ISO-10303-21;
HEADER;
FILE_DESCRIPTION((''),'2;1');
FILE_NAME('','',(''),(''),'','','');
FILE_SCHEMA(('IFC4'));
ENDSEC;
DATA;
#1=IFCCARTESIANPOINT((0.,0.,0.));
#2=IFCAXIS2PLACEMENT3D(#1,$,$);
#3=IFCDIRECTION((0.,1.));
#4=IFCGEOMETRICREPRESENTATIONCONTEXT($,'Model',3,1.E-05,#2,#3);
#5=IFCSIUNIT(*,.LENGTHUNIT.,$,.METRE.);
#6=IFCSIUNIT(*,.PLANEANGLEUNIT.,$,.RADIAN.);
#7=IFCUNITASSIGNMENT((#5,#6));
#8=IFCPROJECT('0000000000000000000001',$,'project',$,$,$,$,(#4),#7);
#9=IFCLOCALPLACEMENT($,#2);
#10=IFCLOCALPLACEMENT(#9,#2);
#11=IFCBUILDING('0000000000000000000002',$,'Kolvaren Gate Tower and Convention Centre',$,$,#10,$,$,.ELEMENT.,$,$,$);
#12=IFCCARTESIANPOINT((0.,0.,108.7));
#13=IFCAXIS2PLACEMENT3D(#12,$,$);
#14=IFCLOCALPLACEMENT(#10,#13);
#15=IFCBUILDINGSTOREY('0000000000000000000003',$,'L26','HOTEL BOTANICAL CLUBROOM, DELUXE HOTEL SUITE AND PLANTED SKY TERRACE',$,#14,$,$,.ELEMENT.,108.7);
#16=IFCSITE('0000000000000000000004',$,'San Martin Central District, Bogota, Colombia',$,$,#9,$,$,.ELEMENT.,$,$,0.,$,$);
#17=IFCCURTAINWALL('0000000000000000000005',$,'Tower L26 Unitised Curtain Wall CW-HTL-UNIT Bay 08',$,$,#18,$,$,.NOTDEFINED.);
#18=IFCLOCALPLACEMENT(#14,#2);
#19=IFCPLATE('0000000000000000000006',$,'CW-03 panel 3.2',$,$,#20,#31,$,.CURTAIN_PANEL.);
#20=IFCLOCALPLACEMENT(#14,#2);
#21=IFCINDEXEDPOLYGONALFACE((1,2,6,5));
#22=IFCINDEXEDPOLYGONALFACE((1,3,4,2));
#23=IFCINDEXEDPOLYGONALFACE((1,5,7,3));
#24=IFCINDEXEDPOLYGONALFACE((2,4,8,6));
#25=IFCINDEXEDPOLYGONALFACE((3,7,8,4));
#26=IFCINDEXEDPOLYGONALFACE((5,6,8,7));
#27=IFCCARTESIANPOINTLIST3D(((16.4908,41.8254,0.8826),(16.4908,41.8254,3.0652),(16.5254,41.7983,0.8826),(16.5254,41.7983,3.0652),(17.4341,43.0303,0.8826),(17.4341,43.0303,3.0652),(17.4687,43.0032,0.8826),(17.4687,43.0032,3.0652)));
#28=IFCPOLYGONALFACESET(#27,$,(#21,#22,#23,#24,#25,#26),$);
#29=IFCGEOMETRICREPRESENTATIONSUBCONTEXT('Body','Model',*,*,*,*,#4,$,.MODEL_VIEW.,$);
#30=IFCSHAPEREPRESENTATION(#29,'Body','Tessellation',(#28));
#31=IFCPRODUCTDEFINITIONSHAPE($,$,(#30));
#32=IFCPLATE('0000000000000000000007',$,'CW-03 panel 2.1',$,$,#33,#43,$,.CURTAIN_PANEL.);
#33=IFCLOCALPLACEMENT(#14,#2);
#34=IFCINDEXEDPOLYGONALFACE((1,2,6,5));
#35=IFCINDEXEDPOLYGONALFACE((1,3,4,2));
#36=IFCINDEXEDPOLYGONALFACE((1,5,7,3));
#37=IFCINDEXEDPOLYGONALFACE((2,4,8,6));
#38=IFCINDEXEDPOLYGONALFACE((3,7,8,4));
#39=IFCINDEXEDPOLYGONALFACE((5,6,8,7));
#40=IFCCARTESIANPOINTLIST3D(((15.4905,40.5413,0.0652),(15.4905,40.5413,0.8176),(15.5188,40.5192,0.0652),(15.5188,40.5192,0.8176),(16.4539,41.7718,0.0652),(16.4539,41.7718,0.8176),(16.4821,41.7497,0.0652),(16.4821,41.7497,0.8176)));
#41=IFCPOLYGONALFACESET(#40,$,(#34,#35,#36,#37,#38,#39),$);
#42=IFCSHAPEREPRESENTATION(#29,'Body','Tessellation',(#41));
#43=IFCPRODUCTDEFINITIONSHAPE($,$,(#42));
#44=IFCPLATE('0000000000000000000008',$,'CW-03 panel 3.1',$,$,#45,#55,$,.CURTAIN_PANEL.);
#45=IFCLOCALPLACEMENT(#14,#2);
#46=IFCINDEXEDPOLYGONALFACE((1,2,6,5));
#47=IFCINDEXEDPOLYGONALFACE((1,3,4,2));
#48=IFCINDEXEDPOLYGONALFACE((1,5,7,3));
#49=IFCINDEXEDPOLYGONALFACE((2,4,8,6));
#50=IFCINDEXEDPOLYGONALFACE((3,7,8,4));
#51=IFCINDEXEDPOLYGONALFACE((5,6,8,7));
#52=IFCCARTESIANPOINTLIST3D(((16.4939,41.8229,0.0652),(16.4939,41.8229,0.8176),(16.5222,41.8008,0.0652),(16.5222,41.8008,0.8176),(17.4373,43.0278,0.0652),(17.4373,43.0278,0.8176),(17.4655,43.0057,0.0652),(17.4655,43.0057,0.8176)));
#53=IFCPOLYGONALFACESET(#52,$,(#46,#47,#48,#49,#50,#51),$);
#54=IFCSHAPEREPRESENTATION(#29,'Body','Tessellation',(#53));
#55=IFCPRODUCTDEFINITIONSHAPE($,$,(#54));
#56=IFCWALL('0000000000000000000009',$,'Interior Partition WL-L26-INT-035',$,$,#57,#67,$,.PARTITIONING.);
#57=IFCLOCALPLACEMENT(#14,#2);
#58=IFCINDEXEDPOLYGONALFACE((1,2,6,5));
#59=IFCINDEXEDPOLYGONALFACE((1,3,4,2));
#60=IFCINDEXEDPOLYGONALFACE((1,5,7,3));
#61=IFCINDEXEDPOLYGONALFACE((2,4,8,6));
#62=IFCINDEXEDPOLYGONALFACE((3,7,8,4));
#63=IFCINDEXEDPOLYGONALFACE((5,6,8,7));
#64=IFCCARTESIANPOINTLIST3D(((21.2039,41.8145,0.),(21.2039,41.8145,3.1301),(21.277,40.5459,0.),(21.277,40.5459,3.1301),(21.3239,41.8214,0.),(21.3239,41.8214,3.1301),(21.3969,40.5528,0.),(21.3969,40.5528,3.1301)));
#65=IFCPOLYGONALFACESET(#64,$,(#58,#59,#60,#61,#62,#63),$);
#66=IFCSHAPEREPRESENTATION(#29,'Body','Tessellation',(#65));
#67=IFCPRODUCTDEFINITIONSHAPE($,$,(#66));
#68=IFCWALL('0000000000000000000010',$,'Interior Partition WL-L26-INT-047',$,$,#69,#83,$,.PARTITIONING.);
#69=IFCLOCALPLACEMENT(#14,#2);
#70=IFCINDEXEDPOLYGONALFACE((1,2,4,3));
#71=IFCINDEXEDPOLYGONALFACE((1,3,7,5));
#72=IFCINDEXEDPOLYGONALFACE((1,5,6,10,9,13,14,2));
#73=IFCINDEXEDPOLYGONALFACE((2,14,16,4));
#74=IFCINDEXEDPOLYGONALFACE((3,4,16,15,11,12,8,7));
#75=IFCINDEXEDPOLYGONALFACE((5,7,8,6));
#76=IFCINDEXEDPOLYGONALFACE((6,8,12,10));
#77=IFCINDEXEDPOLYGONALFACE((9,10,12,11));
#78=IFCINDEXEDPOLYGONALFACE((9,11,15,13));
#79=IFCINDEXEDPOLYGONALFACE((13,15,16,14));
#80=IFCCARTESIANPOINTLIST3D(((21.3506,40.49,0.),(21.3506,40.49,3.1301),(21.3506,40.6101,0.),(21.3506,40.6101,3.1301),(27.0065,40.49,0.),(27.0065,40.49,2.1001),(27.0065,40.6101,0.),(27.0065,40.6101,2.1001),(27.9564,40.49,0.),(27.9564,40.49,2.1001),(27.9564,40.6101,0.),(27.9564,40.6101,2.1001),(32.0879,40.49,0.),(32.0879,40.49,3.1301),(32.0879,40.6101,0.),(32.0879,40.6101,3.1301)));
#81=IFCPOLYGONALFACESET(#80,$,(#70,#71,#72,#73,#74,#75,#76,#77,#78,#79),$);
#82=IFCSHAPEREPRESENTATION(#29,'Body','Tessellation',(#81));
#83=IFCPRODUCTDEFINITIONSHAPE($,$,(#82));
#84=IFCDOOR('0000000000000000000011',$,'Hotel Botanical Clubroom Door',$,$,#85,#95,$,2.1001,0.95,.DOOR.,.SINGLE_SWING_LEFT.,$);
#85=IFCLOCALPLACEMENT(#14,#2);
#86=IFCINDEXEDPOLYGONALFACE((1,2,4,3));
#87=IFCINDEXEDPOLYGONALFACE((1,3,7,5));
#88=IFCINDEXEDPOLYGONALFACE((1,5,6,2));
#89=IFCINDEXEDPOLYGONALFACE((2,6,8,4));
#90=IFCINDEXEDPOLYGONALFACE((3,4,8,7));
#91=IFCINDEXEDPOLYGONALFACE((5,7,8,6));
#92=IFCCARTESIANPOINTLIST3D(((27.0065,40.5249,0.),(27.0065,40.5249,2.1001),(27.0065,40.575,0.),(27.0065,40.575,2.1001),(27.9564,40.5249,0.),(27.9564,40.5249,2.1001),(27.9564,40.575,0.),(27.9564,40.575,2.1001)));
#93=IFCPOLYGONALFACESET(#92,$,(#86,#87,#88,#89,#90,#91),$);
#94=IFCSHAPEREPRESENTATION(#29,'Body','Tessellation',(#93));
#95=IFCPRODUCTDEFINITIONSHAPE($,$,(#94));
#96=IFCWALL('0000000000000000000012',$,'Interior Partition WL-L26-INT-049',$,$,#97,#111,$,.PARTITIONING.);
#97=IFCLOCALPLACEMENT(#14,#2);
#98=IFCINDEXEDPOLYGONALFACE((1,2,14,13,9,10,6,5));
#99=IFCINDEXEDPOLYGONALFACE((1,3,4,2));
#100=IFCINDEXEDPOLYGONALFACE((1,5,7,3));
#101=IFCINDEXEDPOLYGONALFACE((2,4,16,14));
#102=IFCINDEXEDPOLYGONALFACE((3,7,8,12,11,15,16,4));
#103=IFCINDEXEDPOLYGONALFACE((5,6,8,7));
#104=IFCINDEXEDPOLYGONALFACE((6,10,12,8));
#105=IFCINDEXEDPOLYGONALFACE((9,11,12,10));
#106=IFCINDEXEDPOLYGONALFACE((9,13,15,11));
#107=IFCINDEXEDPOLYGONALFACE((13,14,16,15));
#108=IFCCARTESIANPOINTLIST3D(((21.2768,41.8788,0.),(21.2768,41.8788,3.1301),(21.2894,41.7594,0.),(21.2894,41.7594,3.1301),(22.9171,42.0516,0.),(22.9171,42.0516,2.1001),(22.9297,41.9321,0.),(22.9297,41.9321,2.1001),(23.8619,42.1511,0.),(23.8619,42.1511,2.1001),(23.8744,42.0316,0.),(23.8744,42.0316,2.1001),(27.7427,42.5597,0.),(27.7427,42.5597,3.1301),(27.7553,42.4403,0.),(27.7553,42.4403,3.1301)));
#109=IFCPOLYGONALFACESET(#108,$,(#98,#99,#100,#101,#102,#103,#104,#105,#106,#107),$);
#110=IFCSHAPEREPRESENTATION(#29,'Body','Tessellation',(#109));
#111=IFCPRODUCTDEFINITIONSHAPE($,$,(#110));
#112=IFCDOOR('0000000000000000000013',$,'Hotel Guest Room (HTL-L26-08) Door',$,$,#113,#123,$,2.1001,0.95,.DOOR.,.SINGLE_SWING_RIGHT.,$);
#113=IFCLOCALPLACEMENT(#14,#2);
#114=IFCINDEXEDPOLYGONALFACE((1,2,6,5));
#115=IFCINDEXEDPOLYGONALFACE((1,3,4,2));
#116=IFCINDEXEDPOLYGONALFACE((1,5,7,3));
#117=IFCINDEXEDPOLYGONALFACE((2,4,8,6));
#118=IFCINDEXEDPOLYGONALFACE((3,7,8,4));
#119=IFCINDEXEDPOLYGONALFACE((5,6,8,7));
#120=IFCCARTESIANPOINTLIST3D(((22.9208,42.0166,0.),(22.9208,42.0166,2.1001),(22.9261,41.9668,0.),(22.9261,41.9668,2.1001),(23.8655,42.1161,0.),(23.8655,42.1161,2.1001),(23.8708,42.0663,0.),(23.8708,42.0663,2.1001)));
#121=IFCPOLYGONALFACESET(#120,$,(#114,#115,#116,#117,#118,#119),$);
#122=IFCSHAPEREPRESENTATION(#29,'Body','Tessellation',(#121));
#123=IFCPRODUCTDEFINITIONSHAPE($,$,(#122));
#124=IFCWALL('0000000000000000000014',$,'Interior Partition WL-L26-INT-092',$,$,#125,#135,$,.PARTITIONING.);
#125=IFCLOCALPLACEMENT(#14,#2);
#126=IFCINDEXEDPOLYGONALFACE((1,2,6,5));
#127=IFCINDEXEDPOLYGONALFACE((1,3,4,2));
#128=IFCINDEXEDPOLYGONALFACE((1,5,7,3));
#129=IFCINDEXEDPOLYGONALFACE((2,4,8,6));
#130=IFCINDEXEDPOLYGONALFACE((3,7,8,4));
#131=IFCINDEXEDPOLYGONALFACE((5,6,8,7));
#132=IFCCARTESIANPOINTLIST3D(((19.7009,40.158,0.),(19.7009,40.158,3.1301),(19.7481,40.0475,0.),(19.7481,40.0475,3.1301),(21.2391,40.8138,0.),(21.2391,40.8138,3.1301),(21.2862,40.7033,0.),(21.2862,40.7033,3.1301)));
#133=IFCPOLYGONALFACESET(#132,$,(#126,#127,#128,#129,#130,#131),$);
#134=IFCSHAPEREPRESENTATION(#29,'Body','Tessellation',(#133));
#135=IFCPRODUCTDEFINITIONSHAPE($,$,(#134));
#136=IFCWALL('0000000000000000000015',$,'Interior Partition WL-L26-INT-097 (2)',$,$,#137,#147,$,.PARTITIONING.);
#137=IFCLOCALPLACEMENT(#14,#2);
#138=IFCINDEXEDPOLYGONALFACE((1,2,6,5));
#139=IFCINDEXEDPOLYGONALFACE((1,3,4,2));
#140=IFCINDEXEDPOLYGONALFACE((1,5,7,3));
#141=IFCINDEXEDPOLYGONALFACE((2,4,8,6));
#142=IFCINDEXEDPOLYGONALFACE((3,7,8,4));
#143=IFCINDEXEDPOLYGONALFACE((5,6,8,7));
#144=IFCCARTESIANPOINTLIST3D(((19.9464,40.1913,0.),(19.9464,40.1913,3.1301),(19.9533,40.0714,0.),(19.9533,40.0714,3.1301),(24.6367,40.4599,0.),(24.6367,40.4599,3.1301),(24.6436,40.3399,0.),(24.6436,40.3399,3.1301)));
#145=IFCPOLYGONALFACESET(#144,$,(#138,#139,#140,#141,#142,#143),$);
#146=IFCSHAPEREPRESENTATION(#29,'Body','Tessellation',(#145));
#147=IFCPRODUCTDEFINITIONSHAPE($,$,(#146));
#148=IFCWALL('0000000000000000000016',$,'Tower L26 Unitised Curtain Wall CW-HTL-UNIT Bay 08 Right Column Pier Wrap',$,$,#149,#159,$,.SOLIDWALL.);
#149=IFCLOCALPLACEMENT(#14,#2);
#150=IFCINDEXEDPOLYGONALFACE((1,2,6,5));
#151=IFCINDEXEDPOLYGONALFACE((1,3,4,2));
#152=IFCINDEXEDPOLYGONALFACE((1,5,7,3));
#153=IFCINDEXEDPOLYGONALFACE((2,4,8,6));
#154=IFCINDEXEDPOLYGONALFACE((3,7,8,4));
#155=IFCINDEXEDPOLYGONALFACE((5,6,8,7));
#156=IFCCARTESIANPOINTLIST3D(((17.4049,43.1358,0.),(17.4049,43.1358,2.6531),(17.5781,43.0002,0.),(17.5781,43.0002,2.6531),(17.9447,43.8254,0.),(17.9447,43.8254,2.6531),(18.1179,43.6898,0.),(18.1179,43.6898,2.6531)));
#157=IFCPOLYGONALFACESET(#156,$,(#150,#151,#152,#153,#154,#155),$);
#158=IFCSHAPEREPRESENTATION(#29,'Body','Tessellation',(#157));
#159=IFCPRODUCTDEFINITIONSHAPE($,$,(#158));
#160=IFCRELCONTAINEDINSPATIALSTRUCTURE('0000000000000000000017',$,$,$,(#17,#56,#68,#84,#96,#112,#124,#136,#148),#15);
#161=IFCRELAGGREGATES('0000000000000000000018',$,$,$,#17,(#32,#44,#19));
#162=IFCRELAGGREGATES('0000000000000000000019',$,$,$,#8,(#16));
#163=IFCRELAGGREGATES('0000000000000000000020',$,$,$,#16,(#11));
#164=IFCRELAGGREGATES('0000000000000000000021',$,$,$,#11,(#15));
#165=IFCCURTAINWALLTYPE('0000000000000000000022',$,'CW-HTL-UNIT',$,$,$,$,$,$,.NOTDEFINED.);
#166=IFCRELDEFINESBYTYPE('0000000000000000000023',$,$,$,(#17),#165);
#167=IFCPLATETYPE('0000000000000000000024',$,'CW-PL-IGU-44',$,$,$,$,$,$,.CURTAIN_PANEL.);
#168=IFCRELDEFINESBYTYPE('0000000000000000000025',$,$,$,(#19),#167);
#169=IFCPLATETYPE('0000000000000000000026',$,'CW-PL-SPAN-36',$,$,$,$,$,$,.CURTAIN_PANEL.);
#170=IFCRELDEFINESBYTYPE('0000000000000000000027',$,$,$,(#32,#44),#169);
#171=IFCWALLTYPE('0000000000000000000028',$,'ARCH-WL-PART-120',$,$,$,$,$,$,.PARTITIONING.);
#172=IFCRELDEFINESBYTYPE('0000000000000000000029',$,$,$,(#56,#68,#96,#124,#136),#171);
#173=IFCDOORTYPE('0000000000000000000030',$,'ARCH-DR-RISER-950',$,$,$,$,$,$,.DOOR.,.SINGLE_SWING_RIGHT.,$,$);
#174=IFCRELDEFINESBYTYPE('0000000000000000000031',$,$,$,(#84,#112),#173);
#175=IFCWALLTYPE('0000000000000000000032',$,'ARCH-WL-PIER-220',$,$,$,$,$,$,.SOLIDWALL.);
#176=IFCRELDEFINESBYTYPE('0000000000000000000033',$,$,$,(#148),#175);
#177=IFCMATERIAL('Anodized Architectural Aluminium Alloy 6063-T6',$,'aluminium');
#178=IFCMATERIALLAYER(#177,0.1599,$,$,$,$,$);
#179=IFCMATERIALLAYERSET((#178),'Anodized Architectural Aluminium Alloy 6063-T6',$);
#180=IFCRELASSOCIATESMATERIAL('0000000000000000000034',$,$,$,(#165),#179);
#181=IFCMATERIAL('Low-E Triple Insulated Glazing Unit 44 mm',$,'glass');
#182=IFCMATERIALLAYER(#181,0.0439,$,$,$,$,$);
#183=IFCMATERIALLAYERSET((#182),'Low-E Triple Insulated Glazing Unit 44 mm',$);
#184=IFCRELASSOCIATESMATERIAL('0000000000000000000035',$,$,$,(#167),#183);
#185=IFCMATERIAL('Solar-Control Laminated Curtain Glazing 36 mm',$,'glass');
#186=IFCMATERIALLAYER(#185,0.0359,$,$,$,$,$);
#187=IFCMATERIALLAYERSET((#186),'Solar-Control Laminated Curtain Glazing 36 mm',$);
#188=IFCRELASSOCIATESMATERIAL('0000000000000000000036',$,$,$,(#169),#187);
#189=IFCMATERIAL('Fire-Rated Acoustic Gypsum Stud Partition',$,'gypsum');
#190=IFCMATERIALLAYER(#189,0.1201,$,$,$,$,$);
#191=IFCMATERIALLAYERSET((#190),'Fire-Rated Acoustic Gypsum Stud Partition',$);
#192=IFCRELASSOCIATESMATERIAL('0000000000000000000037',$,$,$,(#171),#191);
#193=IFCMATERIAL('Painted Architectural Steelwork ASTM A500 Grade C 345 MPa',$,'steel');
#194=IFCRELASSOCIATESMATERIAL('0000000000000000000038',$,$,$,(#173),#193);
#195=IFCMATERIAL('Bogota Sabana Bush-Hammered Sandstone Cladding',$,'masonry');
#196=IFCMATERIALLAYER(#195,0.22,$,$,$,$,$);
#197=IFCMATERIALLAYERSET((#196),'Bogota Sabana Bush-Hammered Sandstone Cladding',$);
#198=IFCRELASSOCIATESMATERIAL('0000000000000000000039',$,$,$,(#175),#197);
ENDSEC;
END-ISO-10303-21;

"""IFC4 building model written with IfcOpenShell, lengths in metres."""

from ifc_helpers import new_model, si_unit, direction, frame, frame_2d, origin, origin_2d, place, context, subcontext, project, spatial, rectangle, extrude, material, layer, layer_set, type_object, element, fill, aggregate, save


model = new_model("IFC4")

# Units and contexts
model_context = context("Model", 3, precision=1e-05, world=origin(), true_north=direction((0.0, 1.0)))
body_context = subcontext(model_context, "Body", "Model", "MODEL_VIEW")
ifc_project = project(units=[si_unit("LENGTHUNIT", "METRE"), si_unit("PLANEANGLEUNIT", "RADIAN")], contexts=[model_context])

# Site, building, storey
site_placement = place(None, origin())
site = spatial("IfcSite", under=ifc_project, at=site_placement, Name="San Martin Central District, Bogota, Colombia", CompositionType="ELEMENT", RefElevation=0.0)
building_placement = place(site_placement, origin())
building = spatial("IfcBuilding", under=site, at=building_placement, Name="Kolvaren Gate Tower and Convention Centre", CompositionType="ELEMENT")
storey_placement = place(building_placement, frame((0.0, 0.0, 108.7)))
storey = spatial("IfcBuildingStorey", under=building, at=storey_placement, Name="L26", Description="HOTEL BOTANICAL CLUBROOM, DELUXE HOTEL SUITE AND PLANTED SKY TERRACE", CompositionType="ELEMENT", Elevation=108.7)

# Curtain wall
ifc_material_1 = material(Name="Anodized Architectural Aluminium Alloy 6063-T6", Category="aluminium")
ifc_layer_1 = layer(ifc_material_1, 0.1599)
ifc_layer_set_1 = layer_set([ifc_layer_1], Name="Anodized Architectural Aluminium Alloy 6063-T6")
curtain_wall_type = type_object("IfcCurtainWallType", Name="CW-HTL-UNIT", PredefinedType="NOTDEFINED", material=ifc_layer_set_1)
curtain_wall_placement = place(storey_placement, origin())
curtain_wall = element("IfcCurtainWall", 1, at=curtain_wall_placement, inside=storey, type_object=curtain_wall_type, Name="Tower L26 Unitised Curtain Wall CW-HTL-UNIT Bay 08", PredefinedType="NOTDEFINED")

# Plates
ifc_material_2 = material(Name="Low-E Triple Insulated Glazing Unit 44 mm", Category="glass")
ifc_layer_2 = layer(ifc_material_2, 0.0439)
ifc_layer_set_2 = layer_set([ifc_layer_2], Name="Low-E Triple Insulated Glazing Unit 44 mm")
plate_type_1 = type_object("IfcPlateType", Name="CW-PL-IGU-44", PredefinedType="CURTAIN_PANEL", material=ifc_layer_set_2)
plate_1_placement = place(storey_placement, frame((16.9797, 42.4143, 0.8826), z_axis=(0.0, 0.0, 1.0), x_axis=(0.616441, 0.787401, 0.0)))
plate_1 = element("IfcPlate", 2, at=plate_1_placement, type_object=plate_type_1, Name="CW-03 panel 3.2", PredefinedType="CURTAIN_PANEL", context=body_context, shape_type="SweptSolid", body=[
    extrude(rectangle(XDim=1.5303, YDim=0.0439, at=origin_2d()), origin(), (0.0, 0.0, 1.0), 2.1826),
])
ifc_material_3 = material(Name="Solar-Control Laminated Curtain Glazing 36 mm", Category="glass")
ifc_layer_3 = layer(ifc_material_3, 0.0359)
ifc_layer_set_3 = layer_set([ifc_layer_3], Name="Solar-Control Laminated Curtain Glazing 36 mm")
plate_type_2 = type_object("IfcPlateType", Name="CW-PL-SPAN-36", PredefinedType="CURTAIN_PANEL", material=ifc_layer_set_3)
plate_2_placement = place(storey_placement, frame((15.9863, 41.1455, 0.0652), z_axis=(0.0, 0.0, 1.0), x_axis=(0.616441, 0.787401, 0.0)))
plate_2 = element("IfcPlate", 3, at=plate_2_placement, type_object=plate_type_2, Name="CW-03 panel 2.1", PredefinedType="CURTAIN_PANEL", context=body_context, shape_type="SweptSolid", body=[
    extrude(rectangle(XDim=1.5627, YDim=0.0359, at=origin_2d()), origin(), (0.0, 0.0, 1.0), 0.7524),
])
plate_3_placement = place(storey_placement, frame((16.9797, 42.4143, 0.0652), z_axis=(0.0, 0.0, 1.0), x_axis=(0.616441, 0.787401, 0.0)))
plate_3 = element("IfcPlate", 4, at=plate_3_placement, type_object=plate_type_2, Name="CW-03 panel 3.1", PredefinedType="CURTAIN_PANEL", context=body_context, shape_type="SweptSolid", body=[
    extrude(rectangle(XDim=1.5303, YDim=0.0359, at=origin_2d()), origin(), (0.0, 0.0, 1.0), 0.7524),
])
aggregate(curtain_wall, [plate_2, plate_3, plate_1])

# Wall
ifc_material_4 = material(Name="Fire-Rated Acoustic Gypsum Stud Partition", Category="gypsum")
ifc_layer_4 = layer(ifc_material_4, 0.1201)
ifc_layer_set_4 = layer_set([ifc_layer_4], Name="Fire-Rated Acoustic Gypsum Stud Partition")
wall_type_1 = type_object("IfcWallType", Name="ARCH-WL-PART-120", PredefinedType="PARTITIONING", material=ifc_layer_set_4)
wall_1_placement = place(storey_placement, frame((21.2639, 41.8179, 0.0), z_axis=(0.0, 0.0, 1.0), x_axis=(0.057449, -0.998348, 0.0)))
element("IfcWall", 5, at=wall_1_placement, inside=storey, type_object=wall_type_1, Name="Interior Partition WL-L26-INT-035", PredefinedType="PARTITIONING", context=body_context, shape_type="SweptSolid", body=[
    extrude(rectangle(XDim=1.2708, YDim=0.1201, at=frame_2d((0.6353, 0.0))), origin(), (0.0, 0.0, 1.0), 3.1301),
])

# Walls, openings, doors
wall_2_placement = place(storey_placement, frame((21.3506, 40.55, 0.0), z_axis=(0.0, 0.0, 1.0), x_axis=(1.0, 0.0, 0.0)))
wall_2 = element("IfcWall", 6, at=wall_2_placement, inside=storey, type_object=wall_type_1, Name="Interior Partition WL-L26-INT-047", PredefinedType="PARTITIONING", context=body_context, shape_type="SweptSolid", body=[
    extrude(rectangle(XDim=10.7373, YDim=0.1201, at=frame_2d((5.3687, 0.0))), origin(), (0.0, 0.0, 1.0), 3.1301),
])
opening_1_placement = place(wall_2_placement, frame((5.6558, 0.0, 0.0)))
opening_1 = element("IfcOpeningElement", 7, at=opening_1_placement, cuts=wall_2, PredefinedType="OPENING", context=body_context, shape_type="SweptSolid", body=[
    extrude(rectangle(XDim=0.95, YDim=2.1001, at=frame_2d((0.4751, 1.05))), frame((0.0, 0.0701, 0.0), z_axis=(0.0, -1.0, 0.0), x_axis=(1.0, 0.0, 0.0)), (0.0, 0.0, 1.0), 0.1401),
])
ifc_material_5 = material(Name="Painted Architectural Steelwork ASTM A500 Grade C 345 MPa", Category="steel")
door_type_1 = type_object("IfcDoorType", Name="ARCH-DR-RISER-950", OperationType="SINGLE_SWING_RIGHT", PredefinedType="DOOR", material=ifc_material_5)
door_1_placement = place(opening_1_placement, origin())
door_1 = element("IfcDoor", 8, at=door_1_placement, inside=storey, type_object=door_type_1, Name="Hotel Botanical Clubroom Door", OperationType="SINGLE_SWING_LEFT", OverallHeight=2.1001, OverallWidth=0.95, PredefinedType="DOOR", context=body_context, shape_type="SweptSolid", body=[
    extrude(rectangle(XDim=0.95, YDim=2.1001, at=frame_2d((0.4751, 1.05))), frame((0.0, 0.0249, 0.0), z_axis=(0.0, -1.0, 0.0), x_axis=(1.0, 0.0, 0.0)), (0.0, 0.0, 1.0), 0.05),
])
fill(opening_1, door_1)
wall_3_placement = place(storey_placement, frame((21.283, 41.8191, 0.0), z_axis=(0.0, 0.0, 1.0), x_axis=(0.994501, 0.104726, 0.0)))
wall_3 = element("IfcWall", 9, at=wall_3_placement, inside=storey, type_object=wall_type_1, Name="Interior Partition WL-L26-INT-049", PredefinedType="PARTITIONING", context=body_context, shape_type="SweptSolid", body=[
    extrude(rectangle(XDim=6.5017, YDim=0.1201, at=frame_2d((3.251, 0.0))), origin(), (0.0, 0.0, 1.0), 3.1301),
])
opening_2_placement = place(wall_3_placement, frame((1.6494, 0.0, 0.0)))
opening_2 = element("IfcOpeningElement", 10, at=opening_2_placement, cuts=wall_3, PredefinedType="OPENING", context=body_context, shape_type="SweptSolid", body=[
    extrude(rectangle(XDim=0.95, YDim=2.1001, at=frame_2d((0.4751, 1.05))), frame((0.0, 0.0701, 0.0), z_axis=(0.0, -1.0, 0.0), x_axis=(1.0, 0.0, 0.0)), (0.0, 0.0, 1.0), 0.1401),
])
door_2_placement = place(opening_2_placement, origin())
door_2 = element("IfcDoor", 11, at=door_2_placement, inside=storey, type_object=door_type_1, Name="Hotel Guest Room (HTL-L26-08) Door", OperationType="SINGLE_SWING_RIGHT", OverallHeight=2.1001, OverallWidth=0.95, PredefinedType="DOOR", context=body_context, shape_type="SweptSolid", body=[
    extrude(rectangle(XDim=0.95, YDim=2.1001, at=frame_2d((0.4751, 1.05))), frame((0.0, 0.0249, 0.0), z_axis=(0.0, -1.0, 0.0), x_axis=(1.0, 0.0, 0.0)), (0.0, 0.0, 1.0), 0.05),
])
fill(opening_2, door_2)

# Walls
wall_4_placement = place(storey_placement, frame((19.7246, 40.1028, 0.0), z_axis=(0.0, 0.0, 1.0), x_axis=(0.919884, 0.392192, 0.0)))
element("IfcWall", 12, at=wall_4_placement, inside=storey, type_object=wall_type_1, Name="Interior Partition WL-L26-INT-092", PredefinedType="PARTITIONING", context=body_context, shape_type="SweptSolid", body=[
    extrude(rectangle(XDim=1.6721, YDim=0.1201, at=frame_2d((0.8359, 0.0))), origin(), (0.0, 0.0, 1.0), 3.1301),
])
wall_5_placement = place(storey_placement, frame((19.9497, 40.1313, 0.0), z_axis=(0.0, 0.0, 1.0), x_axis=(0.998365, 0.057162, 0.0)))
element("IfcWall", 13, at=wall_5_placement, inside=storey, type_object=wall_type_1, Name="Interior Partition WL-L26-INT-097 (2)", PredefinedType="PARTITIONING", context=body_context, shape_type="SweptSolid", body=[
    extrude(rectangle(XDim=4.698, YDim=0.1201, at=frame_2d((2.3491, 0.0))), origin(), (0.0, 0.0, 1.0), 3.1301),
])
ifc_material_6 = material(Name="Bogota Sabana Bush-Hammered Sandstone Cladding", Category="masonry")
ifc_layer_5 = layer(ifc_material_6, 0.22)
ifc_layer_set_5 = layer_set([ifc_layer_5], Name="Bogota Sabana Bush-Hammered Sandstone Cladding")
wall_type_2 = type_object("IfcWallType", Name="ARCH-WL-PIER-220", PredefinedType="SOLIDWALL", material=ifc_layer_set_5)
wall_6_placement = place(storey_placement, frame((17.4915, 43.0679, 0.0), z_axis=(0.0, 0.0, 1.0), x_axis=(0.616331, 0.787487, 0.0)))
element("IfcWall", 14, at=wall_6_placement, inside=storey, type_object=wall_type_2, Name="Tower L26 Unitised Curtain Wall CW-HTL-UNIT Bay 08 Right Column Pier Wrap", PredefinedType="SOLIDWALL", context=body_context, shape_type="SweptSolid", body=[
    extrude(rectangle(XDim=0.8757, YDim=0.22, at=frame_2d((0.438, 0.0))), origin(), (0.0, 0.0, 1.0), 2.6531),
])

save(model, "model.ifc")
